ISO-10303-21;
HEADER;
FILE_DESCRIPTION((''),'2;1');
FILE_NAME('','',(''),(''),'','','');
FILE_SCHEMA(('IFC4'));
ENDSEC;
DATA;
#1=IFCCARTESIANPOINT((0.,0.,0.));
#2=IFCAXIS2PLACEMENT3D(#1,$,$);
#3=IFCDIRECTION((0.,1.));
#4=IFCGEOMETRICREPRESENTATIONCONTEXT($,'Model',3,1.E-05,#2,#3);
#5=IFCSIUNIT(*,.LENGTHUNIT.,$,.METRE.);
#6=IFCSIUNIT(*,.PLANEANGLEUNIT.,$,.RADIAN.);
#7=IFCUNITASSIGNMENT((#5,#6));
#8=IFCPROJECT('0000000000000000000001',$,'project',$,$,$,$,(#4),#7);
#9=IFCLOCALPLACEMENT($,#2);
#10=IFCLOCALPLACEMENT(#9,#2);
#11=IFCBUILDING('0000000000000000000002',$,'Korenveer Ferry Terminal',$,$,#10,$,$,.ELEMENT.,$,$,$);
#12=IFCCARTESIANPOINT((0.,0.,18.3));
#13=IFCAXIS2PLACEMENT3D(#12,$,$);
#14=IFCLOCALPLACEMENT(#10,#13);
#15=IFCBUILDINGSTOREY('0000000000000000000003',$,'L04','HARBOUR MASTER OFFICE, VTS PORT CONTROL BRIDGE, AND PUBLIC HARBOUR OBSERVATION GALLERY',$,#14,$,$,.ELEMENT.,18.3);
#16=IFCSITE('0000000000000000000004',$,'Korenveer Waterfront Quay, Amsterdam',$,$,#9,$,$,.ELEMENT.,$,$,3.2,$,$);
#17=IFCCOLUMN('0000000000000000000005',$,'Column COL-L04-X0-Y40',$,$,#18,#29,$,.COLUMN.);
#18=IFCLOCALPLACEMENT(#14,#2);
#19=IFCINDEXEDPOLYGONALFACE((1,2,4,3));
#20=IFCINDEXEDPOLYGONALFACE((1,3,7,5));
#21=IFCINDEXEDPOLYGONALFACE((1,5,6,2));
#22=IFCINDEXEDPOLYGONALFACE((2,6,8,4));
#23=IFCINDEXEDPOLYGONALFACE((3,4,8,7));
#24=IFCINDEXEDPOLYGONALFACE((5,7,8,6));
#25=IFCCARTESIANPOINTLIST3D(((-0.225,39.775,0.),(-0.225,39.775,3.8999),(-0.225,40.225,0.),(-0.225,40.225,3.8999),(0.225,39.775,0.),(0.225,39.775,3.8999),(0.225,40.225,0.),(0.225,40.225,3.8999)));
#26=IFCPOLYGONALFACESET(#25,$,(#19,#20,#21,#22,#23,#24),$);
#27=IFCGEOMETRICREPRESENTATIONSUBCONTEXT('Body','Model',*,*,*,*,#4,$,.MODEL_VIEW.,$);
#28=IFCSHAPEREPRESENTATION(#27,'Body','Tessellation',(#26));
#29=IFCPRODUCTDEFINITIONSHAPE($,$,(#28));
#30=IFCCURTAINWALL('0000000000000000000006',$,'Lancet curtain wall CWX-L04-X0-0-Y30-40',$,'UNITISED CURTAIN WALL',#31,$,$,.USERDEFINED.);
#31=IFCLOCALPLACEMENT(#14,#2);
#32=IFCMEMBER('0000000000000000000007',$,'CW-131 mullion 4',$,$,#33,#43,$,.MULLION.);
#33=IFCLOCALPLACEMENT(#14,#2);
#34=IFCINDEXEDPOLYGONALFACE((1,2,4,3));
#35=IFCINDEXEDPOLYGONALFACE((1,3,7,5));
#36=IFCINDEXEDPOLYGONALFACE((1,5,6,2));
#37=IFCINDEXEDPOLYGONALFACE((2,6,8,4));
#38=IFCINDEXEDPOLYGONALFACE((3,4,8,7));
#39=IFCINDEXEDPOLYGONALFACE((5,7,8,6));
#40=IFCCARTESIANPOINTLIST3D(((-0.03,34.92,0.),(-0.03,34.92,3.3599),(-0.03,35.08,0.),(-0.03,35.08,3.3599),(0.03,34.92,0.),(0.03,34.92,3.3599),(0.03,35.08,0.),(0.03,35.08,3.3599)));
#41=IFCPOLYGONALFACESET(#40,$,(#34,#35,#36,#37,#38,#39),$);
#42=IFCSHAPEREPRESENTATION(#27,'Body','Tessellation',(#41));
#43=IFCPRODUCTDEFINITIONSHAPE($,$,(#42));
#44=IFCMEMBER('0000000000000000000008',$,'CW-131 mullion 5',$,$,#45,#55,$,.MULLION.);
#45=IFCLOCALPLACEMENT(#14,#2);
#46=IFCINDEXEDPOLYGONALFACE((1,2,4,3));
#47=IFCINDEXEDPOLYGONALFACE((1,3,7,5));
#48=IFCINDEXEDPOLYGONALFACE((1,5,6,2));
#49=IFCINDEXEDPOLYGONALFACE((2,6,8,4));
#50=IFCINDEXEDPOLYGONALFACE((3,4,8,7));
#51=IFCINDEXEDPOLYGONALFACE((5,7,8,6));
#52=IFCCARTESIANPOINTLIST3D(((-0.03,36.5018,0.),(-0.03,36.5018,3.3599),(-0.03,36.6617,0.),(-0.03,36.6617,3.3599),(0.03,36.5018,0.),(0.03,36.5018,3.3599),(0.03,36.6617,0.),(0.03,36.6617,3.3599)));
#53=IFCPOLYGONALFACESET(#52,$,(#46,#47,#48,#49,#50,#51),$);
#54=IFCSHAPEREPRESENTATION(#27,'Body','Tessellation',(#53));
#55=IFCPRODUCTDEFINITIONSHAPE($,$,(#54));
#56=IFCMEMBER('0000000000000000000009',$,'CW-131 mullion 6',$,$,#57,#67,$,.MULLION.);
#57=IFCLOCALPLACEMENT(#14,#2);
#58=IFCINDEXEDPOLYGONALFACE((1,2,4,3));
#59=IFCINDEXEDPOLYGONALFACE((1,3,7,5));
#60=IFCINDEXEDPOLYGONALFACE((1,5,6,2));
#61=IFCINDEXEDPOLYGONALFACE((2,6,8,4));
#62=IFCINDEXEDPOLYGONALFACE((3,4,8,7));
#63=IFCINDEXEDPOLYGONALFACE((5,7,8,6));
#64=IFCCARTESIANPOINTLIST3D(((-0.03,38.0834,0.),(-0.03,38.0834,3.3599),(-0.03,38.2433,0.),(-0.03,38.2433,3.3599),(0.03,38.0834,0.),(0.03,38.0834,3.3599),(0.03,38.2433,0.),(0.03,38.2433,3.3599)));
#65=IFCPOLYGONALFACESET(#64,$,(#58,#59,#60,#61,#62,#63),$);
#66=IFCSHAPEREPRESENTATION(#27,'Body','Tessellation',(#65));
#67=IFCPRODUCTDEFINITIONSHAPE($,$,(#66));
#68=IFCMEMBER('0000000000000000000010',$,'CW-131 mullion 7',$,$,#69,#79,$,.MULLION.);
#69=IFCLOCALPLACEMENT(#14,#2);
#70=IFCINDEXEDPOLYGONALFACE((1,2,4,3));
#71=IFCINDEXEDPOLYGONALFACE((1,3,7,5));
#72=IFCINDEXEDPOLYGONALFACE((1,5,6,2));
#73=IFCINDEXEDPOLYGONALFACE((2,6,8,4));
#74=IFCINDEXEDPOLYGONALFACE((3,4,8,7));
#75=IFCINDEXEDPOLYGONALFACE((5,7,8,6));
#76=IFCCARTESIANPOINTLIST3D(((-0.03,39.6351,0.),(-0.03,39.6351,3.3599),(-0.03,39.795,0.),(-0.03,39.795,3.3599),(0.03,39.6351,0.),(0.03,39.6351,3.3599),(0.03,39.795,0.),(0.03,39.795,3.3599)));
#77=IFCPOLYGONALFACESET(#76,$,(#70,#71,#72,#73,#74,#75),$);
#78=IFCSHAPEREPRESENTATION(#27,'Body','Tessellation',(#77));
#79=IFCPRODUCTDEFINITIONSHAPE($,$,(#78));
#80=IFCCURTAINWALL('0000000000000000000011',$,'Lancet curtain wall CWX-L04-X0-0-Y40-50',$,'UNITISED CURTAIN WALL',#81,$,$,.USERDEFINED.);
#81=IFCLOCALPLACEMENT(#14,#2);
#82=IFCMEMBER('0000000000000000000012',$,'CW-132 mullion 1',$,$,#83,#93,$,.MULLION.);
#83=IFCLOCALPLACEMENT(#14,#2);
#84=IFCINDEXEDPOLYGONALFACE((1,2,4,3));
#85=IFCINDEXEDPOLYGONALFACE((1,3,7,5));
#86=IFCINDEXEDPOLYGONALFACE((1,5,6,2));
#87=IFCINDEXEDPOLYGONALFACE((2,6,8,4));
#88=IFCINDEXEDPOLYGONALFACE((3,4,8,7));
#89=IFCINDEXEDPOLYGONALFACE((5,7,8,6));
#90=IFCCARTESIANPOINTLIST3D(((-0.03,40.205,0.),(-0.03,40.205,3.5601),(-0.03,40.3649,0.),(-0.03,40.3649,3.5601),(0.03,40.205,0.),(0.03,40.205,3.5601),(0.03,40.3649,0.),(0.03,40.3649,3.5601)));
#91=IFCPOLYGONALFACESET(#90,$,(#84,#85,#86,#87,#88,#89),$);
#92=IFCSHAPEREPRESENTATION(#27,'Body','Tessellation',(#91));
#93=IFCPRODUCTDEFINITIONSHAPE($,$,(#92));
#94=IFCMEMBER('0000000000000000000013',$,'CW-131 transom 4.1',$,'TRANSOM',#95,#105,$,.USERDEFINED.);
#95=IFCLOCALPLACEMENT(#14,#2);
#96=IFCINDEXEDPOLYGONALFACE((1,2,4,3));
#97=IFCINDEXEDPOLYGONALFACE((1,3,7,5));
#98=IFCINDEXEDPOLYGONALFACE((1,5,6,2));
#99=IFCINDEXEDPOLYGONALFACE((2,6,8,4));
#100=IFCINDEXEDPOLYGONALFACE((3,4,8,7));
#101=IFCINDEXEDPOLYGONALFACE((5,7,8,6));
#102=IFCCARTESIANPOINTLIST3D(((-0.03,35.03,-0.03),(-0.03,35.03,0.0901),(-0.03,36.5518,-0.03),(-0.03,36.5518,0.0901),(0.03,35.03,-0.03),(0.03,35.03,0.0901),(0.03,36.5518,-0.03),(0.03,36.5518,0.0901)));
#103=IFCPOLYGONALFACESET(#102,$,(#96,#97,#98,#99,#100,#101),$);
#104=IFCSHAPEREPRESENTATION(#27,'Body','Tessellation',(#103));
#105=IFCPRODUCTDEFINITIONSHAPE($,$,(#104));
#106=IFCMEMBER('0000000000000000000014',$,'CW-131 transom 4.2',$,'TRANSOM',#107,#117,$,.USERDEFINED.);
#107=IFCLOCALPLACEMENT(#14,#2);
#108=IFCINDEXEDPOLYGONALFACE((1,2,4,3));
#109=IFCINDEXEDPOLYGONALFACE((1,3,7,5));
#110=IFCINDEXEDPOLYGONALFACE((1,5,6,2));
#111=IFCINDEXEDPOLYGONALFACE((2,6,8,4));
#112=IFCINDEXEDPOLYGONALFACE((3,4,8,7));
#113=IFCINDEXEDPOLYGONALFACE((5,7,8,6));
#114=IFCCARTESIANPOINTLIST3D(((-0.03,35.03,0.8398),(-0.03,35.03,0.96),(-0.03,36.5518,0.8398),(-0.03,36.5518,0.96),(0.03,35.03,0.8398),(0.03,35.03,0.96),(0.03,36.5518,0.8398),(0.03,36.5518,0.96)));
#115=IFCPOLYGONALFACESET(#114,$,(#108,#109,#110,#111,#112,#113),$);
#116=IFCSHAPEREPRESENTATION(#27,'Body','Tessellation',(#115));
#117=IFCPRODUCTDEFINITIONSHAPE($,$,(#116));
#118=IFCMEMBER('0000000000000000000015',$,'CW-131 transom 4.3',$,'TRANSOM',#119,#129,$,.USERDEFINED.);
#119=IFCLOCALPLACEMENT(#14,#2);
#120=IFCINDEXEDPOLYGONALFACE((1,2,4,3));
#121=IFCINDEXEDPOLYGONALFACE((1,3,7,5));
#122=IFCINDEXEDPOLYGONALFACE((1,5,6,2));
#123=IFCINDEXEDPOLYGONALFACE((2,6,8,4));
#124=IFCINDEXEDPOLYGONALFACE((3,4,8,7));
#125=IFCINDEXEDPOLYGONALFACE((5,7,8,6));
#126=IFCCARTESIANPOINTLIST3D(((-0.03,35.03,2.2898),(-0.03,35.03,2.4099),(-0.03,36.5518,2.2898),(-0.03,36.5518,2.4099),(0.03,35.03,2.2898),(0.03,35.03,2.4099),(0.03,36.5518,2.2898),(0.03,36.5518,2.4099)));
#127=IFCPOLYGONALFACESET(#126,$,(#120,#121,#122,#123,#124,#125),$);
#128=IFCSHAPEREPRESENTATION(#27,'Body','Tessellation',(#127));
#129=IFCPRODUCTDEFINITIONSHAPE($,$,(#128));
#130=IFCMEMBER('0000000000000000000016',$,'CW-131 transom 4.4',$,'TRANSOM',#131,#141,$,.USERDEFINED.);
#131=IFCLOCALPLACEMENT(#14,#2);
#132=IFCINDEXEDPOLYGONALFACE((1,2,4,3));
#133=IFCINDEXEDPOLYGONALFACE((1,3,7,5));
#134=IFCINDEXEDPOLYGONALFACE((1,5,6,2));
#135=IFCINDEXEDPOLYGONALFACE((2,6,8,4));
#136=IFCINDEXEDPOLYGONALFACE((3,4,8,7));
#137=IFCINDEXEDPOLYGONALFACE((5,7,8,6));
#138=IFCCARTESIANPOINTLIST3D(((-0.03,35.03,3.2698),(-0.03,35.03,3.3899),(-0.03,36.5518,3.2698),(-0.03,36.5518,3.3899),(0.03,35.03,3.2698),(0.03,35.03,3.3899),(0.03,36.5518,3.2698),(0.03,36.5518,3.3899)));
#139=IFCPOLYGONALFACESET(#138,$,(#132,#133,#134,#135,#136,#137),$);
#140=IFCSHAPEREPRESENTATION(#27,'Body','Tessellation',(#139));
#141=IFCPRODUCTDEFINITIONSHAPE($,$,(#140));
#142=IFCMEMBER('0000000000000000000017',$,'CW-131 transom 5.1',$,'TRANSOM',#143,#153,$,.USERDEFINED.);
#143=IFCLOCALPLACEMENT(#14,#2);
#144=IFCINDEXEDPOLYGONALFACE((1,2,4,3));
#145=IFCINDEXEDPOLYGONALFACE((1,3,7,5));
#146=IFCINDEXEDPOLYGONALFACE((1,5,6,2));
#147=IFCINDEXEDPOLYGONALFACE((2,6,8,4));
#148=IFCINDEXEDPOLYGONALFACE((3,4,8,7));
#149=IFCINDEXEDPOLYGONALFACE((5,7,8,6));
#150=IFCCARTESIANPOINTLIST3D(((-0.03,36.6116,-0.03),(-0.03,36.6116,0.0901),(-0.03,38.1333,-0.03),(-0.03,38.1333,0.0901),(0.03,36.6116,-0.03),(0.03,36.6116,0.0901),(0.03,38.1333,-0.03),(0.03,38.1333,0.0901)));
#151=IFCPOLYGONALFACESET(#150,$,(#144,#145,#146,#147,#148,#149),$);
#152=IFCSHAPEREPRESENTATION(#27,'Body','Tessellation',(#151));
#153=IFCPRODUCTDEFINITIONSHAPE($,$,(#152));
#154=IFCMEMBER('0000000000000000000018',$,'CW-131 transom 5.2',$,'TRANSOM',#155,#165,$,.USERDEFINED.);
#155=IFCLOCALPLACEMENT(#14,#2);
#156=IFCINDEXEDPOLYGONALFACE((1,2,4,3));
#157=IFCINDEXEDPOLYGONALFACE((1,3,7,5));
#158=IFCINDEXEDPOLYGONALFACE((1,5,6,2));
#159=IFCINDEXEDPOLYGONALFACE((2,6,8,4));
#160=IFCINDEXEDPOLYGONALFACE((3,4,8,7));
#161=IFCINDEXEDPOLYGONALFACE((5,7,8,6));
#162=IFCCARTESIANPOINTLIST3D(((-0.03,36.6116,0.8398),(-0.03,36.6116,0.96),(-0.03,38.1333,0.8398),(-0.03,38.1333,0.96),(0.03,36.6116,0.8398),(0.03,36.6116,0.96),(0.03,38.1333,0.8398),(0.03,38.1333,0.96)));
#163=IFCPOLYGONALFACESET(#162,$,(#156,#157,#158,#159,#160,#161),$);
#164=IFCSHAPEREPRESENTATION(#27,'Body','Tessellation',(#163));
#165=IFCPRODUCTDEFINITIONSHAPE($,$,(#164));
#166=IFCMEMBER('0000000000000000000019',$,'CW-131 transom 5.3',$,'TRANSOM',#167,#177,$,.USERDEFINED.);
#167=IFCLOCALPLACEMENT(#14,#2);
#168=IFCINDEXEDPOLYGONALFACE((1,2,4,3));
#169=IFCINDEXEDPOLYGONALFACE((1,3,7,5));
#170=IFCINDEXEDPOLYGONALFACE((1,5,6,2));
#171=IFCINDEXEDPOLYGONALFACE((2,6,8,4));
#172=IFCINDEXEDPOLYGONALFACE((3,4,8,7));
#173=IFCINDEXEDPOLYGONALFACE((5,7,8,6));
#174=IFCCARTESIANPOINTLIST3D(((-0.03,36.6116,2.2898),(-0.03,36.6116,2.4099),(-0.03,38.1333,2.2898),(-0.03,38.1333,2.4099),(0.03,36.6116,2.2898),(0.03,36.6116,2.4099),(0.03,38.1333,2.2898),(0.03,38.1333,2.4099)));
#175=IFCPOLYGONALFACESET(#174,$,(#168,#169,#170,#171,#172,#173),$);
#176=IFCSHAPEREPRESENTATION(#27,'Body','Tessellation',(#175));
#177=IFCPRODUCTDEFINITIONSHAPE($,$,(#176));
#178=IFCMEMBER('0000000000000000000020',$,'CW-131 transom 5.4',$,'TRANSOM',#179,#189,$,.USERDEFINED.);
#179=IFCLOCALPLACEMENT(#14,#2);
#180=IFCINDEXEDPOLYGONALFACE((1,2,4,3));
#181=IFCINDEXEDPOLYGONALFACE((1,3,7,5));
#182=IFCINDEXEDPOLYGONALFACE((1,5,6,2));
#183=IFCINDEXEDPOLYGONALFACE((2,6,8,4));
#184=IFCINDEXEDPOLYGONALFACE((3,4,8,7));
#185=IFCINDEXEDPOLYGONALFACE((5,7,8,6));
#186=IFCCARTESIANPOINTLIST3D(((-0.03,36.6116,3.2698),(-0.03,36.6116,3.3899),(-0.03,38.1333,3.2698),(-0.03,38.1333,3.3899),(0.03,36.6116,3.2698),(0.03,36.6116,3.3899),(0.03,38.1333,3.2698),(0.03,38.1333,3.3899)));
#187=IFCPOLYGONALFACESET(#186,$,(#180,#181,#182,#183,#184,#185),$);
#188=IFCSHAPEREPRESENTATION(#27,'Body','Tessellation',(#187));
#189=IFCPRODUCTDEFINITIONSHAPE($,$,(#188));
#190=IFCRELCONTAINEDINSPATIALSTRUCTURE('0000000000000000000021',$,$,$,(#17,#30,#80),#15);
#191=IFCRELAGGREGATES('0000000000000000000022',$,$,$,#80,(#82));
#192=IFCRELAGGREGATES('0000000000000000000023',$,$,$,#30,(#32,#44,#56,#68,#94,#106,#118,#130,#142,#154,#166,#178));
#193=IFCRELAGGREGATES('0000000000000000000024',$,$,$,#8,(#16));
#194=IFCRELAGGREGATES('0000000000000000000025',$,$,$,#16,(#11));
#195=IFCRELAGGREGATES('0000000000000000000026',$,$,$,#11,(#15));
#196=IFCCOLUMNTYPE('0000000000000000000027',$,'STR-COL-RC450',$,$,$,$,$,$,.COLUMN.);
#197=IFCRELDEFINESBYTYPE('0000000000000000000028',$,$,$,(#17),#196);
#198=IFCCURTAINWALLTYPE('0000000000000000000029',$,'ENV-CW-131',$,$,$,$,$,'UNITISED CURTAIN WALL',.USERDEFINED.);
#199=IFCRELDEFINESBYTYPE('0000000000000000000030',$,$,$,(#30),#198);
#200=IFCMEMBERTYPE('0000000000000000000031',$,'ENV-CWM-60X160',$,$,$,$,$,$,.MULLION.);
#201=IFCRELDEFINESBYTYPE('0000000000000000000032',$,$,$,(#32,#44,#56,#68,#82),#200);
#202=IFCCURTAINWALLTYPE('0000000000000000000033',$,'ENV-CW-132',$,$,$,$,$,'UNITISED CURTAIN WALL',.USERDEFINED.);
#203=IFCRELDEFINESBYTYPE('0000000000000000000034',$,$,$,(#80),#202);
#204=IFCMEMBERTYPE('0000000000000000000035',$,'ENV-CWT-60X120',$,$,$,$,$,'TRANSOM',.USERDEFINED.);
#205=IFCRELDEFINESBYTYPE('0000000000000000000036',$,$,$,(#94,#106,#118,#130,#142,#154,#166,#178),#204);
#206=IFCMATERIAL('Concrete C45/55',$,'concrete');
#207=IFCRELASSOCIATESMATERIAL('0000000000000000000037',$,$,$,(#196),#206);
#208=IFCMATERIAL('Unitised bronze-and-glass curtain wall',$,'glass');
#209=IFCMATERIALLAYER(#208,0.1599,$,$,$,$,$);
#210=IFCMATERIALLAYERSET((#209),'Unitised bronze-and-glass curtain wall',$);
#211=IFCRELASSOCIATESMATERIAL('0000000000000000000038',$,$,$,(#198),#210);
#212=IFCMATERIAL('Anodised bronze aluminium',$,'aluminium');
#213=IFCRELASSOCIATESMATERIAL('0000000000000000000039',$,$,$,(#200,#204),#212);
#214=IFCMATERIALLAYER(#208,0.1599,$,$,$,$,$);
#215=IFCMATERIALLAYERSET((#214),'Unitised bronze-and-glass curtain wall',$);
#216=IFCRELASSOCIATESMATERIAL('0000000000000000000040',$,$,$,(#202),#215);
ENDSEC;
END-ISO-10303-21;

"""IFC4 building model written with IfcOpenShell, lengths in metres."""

from ifc_helpers import new_model, si_unit, direction, frame, origin, origin_2d, place, context, subcontext, project, spatial, rectangle, extrude, material, layer, layer_set, material_profile, profile_set, type_object, element, aggregate, save


model = new_model("IFC4")

# Units and contexts
model_context = context("Model", 3, precision=1e-05, world=origin(), true_north=direction((0.0, 1.0)))
body_context = subcontext(model_context, "Body", "Model", "MODEL_VIEW")
ifc_project = project(units=[si_unit("LENGTHUNIT", "METRE"), si_unit("PLANEANGLEUNIT", "RADIAN")], contexts=[model_context])

# Site, building, storey
site_placement = place(None, origin())
site = spatial("IfcSite", under=ifc_project, at=site_placement, Name="Korenveer Waterfront Quay, Amsterdam", CompositionType="ELEMENT", RefElevation=3.2)
building_placement = place(site_placement, origin())
building = spatial("IfcBuilding", under=site, at=building_placement, Name="Korenveer Ferry Terminal", CompositionType="ELEMENT")
storey_placement = place(building_placement, frame((0.0, 0.0, 18.3)))
storey = spatial("IfcBuildingStorey", under=building, at=storey_placement, Name="L04", Description="HARBOUR MASTER OFFICE, VTS PORT CONTROL BRIDGE, AND PUBLIC HARBOUR OBSERVATION GALLERY", CompositionType="ELEMENT", Elevation=18.3)

# Column
ifc_material_1 = material(Name="Concrete C45/55", Category="concrete")
ifc_material_profile_1 = material_profile(ifc_material_1, rectangle(XDim=0.45, YDim=0.45, at=origin_2d()), Name="RC 450x450")
ifc_profile_set_1 = profile_set([ifc_material_profile_1], Name="Concrete C45/55")
column_type = type_object("IfcColumnType", Name="STR-COL-RC450", PredefinedType="COLUMN", material=ifc_profile_set_1)
column_placement = place(storey_placement, frame((0.0, 40.0, 0.0), z_axis=(0.0, 0.0, 1.0), x_axis=(1.0, 0.0, 0.0)))
element("IfcColumn", 1, at=column_placement, inside=storey, type_object=column_type, Name="Column COL-L04-X0-Y40", PredefinedType="COLUMN", context=body_context, shape_type="SweptSolid", body=[
    extrude(rectangle(XDim=0.45, YDim=0.45, at=origin_2d()), origin(), (0.0, 0.0, 1.0), 3.8999),
])

# Curtain wall, members
ifc_material_2 = material(Name="Unitised bronze-and-glass curtain wall", Category="glass")
ifc_layer_1 = layer(ifc_material_2, 0.1599)
ifc_layer_set_1 = layer_set([ifc_layer_1], Name="Unitised bronze-and-glass curtain wall")
curtain_wall_type_1 = type_object("IfcCurtainWallType", Name="ENV-CW-131", ElementType="UNITISED CURTAIN WALL", PredefinedType="USERDEFINED", material=ifc_layer_set_1)
curtain_wall_1_placement = place(storey_placement, frame((0.0, 30.2549, 0.0)))
curtain_wall_1 = element("IfcCurtainWall", 2, at=curtain_wall_1_placement, inside=storey, type_object=curtain_wall_type_1, Name="Lancet curtain wall CWX-L04-X0-0-Y30-40", ObjectType="UNITISED CURTAIN WALL", PredefinedType="USERDEFINED")
ifc_material_3 = material(Name="Anodised bronze aluminium", Category="aluminium")
ifc_material_profile_2 = material_profile(ifc_material_3, rectangle(XDim=0.0601, YDim=0.1599, at=origin_2d()), Name="ALU 60x160")
ifc_profile_set_2 = profile_set([ifc_material_profile_2], Name="Anodised bronze aluminium")
member_type_1 = type_object("IfcMemberType", Name="ENV-CWM-60X160", PredefinedType="MULLION", material=ifc_profile_set_2)
member_1_placement = place(storey_placement, frame((0.0, 35.0, 0.0), z_axis=(0.0, 0.0, 1.0), x_axis=(-1.0, 0.0, 0.0)))
member_1 = element("IfcMember", 3, at=member_1_placement, type_object=member_type_1, Name="CW-131 mullion 4", PredefinedType="MULLION", context=body_context, shape_type="SweptSolid", body=[
    extrude(rectangle(XDim=0.0601, YDim=0.1599, at=origin_2d()), origin(), (0.0, 0.0, 1.0), 3.3599),
])
member_2_placement = place(storey_placement, frame((0.0, 36.5818, 0.0), z_axis=(0.0, 0.0, 1.0), x_axis=(-1.0, 0.0, 0.0)))
member_2 = element("IfcMember", 4, at=member_2_placement, type_object=member_type_1, Name="CW-131 mullion 5", PredefinedType="MULLION", context=body_context, shape_type="SweptSolid", body=[
    extrude(rectangle(XDim=0.0601, YDim=0.1599, at=origin_2d()), origin(), (0.0, 0.0, 1.0), 3.3599),
])
member_3_placement = place(storey_placement, frame((0.0, 38.1633, 0.0), z_axis=(0.0, 0.0, 1.0), x_axis=(-1.0, 0.0, 0.0)))
member_3 = element("IfcMember", 5, at=member_3_placement, type_object=member_type_1, Name="CW-131 mullion 6", PredefinedType="MULLION", context=body_context, shape_type="SweptSolid", body=[
    extrude(rectangle(XDim=0.0601, YDim=0.1599, at=origin_2d()), origin(), (0.0, 0.0, 1.0), 3.3599),
])
member_4_placement = place(storey_placement, frame((0.0, 39.7151, 0.0), z_axis=(0.0, 0.0, 1.0), x_axis=(-1.0, 0.0, 0.0)))
member_4 = element("IfcMember", 6, at=member_4_placement, type_object=member_type_1, Name="CW-131 mullion 7", PredefinedType="MULLION", context=body_context, shape_type="SweptSolid", body=[
    extrude(rectangle(XDim=0.0601, YDim=0.1599, at=origin_2d()), origin(), (0.0, 0.0, 1.0), 3.3599),
])

# Curtain wall, member
ifc_layer_2 = layer(ifc_material_2, 0.1599)
ifc_layer_set_2 = layer_set([ifc_layer_2], Name="Unitised bronze-and-glass curtain wall")
curtain_wall_type_2 = type_object("IfcCurtainWallType", Name="ENV-CW-132", ElementType="UNITISED CURTAIN WALL", PredefinedType="USERDEFINED", material=ifc_layer_set_2)
curtain_wall_2_placement = place(storey_placement, frame((0.0, 40.2549, 0.0)))
curtain_wall_2 = element("IfcCurtainWall", 7, at=curtain_wall_2_placement, inside=storey, type_object=curtain_wall_type_2, Name="Lancet curtain wall CWX-L04-X0-0-Y40-50", ObjectType="UNITISED CURTAIN WALL", PredefinedType="USERDEFINED")
member_5_placement = place(storey_placement, frame((0.0, 40.2849, 0.0), z_axis=(0.0, 0.0, 1.0), x_axis=(-1.0, 0.0, 0.0)))
member_5 = element("IfcMember", 8, at=member_5_placement, type_object=member_type_1, Name="CW-132 mullion 1", PredefinedType="MULLION", context=body_context, shape_type="SweptSolid", body=[
    extrude(rectangle(XDim=0.0601, YDim=0.1599, at=origin_2d()), origin(), (0.0, 0.0, 1.0), 3.5601),
])

# Members
ifc_material_profile_3 = material_profile(ifc_material_3, rectangle(XDim=0.0601, YDim=0.1201, at=origin_2d()), Name="ALU 60x120")
ifc_profile_set_3 = profile_set([ifc_material_profile_3], Name="Anodised bronze aluminium")
member_type_2 = type_object("IfcMemberType", Name="ENV-CWT-60X120", ElementType="TRANSOM", PredefinedType="USERDEFINED", material=ifc_profile_set_3)
member_6_placement = place(storey_placement, frame((0.0, 35.03, 0.03), z_axis=(0.0, 1.0, 0.0), x_axis=(-1.0, 0.0, 0.0)))
member_6 = element("IfcMember", 9, at=member_6_placement, type_object=member_type_2, Name="CW-131 transom 4.1", ObjectType="TRANSOM", PredefinedType="USERDEFINED", context=body_context, shape_type="SweptSolid", body=[
    extrude(rectangle(XDim=0.0601, YDim=0.1201, at=origin_2d()), origin(), (0.0, 0.0, 1.0), 1.5217),
])
member_7_placement = place(storey_placement, frame((0.0, 35.03, 0.8999), z_axis=(0.0, 1.0, 0.0), x_axis=(-1.0, 0.0, 0.0)))
member_7 = element("IfcMember", 10, at=member_7_placement, type_object=member_type_2, Name="CW-131 transom 4.2", ObjectType="TRANSOM", PredefinedType="USERDEFINED", context=body_context, shape_type="SweptSolid", body=[
    extrude(rectangle(XDim=0.0601, YDim=0.1201, at=origin_2d()), origin(), (0.0, 0.0, 1.0), 1.5217),
])
member_8_placement = place(storey_placement, frame((0.0, 35.03, 2.3499), z_axis=(0.0, 1.0, 0.0), x_axis=(-1.0, 0.0, 0.0)))
member_8 = element("IfcMember", 11, at=member_8_placement, type_object=member_type_2, Name="CW-131 transom 4.3", ObjectType="TRANSOM", PredefinedType="USERDEFINED", context=body_context, shape_type="SweptSolid", body=[
    extrude(rectangle(XDim=0.0601, YDim=0.1201, at=origin_2d()), origin(), (0.0, 0.0, 1.0), 1.5217),
])
member_9_placement = place(storey_placement, frame((0.0, 35.03, 3.3298), z_axis=(0.0, 1.0, 0.0), x_axis=(-1.0, 0.0, 0.0)))
member_9 = element("IfcMember", 12, at=member_9_placement, type_object=member_type_2, Name="CW-131 transom 4.4", ObjectType="TRANSOM", PredefinedType="USERDEFINED", context=body_context, shape_type="SweptSolid", body=[
    extrude(rectangle(XDim=0.0601, YDim=0.1201, at=origin_2d()), origin(), (0.0, 0.0, 1.0), 1.5217),
])
member_10_placement = place(storey_placement, frame((0.0, 36.6116, 0.03), z_axis=(0.0, 1.0, 0.0), x_axis=(-1.0, 0.0, 0.0)))
member_10 = element("IfcMember", 13, at=member_10_placement, type_object=member_type_2, Name="CW-131 transom 5.1", ObjectType="TRANSOM", PredefinedType="USERDEFINED", context=body_context, shape_type="SweptSolid", body=[
    extrude(rectangle(XDim=0.0601, YDim=0.1201, at=origin_2d()), origin(), (0.0, 0.0, 1.0), 1.5217),
])
member_11_placement = place(storey_placement, frame((0.0, 36.6116, 0.8999), z_axis=(0.0, 1.0, 0.0), x_axis=(-1.0, 0.0, 0.0)))
member_11 = element("IfcMember", 14, at=member_11_placement, type_object=member_type_2, Name="CW-131 transom 5.2", ObjectType="TRANSOM", PredefinedType="USERDEFINED", context=body_context, shape_type="SweptSolid", body=[
    extrude(rectangle(XDim=0.0601, YDim=0.1201, at=origin_2d()), origin(), (0.0, 0.0, 1.0), 1.5217),
])
member_12_placement = place(storey_placement, frame((0.0, 36.6116, 2.3499), z_axis=(0.0, 1.0, 0.0), x_axis=(-1.0, 0.0, 0.0)))
member_12 = element("IfcMember", 15, at=member_12_placement, type_object=member_type_2, Name="CW-131 transom 5.3", ObjectType="TRANSOM", PredefinedType="USERDEFINED", context=body_context, shape_type="SweptSolid", body=[
    extrude(rectangle(XDim=0.0601, YDim=0.1201, at=origin_2d()), origin(), (0.0, 0.0, 1.0), 1.5217),
])
member_13_placement = place(storey_placement, frame((0.0, 36.6116, 3.3298), z_axis=(0.0, 1.0, 0.0), x_axis=(-1.0, 0.0, 0.0)))
member_13 = element("IfcMember", 16, at=member_13_placement, type_object=member_type_2, Name="CW-131 transom 5.4", ObjectType="TRANSOM", PredefinedType="USERDEFINED", context=body_context, shape_type="SweptSolid", body=[
    extrude(rectangle(XDim=0.0601, YDim=0.1201, at=origin_2d()), origin(), (0.0, 0.0, 1.0), 1.5217),
])
aggregate(curtain_wall_2, [member_5])

aggregate(curtain_wall_1, [member_1, member_2, member_3, member_4, member_6, member_7, member_8, member_9, member_10, member_11, member_12, member_13])

save(model, "model.ifc")
